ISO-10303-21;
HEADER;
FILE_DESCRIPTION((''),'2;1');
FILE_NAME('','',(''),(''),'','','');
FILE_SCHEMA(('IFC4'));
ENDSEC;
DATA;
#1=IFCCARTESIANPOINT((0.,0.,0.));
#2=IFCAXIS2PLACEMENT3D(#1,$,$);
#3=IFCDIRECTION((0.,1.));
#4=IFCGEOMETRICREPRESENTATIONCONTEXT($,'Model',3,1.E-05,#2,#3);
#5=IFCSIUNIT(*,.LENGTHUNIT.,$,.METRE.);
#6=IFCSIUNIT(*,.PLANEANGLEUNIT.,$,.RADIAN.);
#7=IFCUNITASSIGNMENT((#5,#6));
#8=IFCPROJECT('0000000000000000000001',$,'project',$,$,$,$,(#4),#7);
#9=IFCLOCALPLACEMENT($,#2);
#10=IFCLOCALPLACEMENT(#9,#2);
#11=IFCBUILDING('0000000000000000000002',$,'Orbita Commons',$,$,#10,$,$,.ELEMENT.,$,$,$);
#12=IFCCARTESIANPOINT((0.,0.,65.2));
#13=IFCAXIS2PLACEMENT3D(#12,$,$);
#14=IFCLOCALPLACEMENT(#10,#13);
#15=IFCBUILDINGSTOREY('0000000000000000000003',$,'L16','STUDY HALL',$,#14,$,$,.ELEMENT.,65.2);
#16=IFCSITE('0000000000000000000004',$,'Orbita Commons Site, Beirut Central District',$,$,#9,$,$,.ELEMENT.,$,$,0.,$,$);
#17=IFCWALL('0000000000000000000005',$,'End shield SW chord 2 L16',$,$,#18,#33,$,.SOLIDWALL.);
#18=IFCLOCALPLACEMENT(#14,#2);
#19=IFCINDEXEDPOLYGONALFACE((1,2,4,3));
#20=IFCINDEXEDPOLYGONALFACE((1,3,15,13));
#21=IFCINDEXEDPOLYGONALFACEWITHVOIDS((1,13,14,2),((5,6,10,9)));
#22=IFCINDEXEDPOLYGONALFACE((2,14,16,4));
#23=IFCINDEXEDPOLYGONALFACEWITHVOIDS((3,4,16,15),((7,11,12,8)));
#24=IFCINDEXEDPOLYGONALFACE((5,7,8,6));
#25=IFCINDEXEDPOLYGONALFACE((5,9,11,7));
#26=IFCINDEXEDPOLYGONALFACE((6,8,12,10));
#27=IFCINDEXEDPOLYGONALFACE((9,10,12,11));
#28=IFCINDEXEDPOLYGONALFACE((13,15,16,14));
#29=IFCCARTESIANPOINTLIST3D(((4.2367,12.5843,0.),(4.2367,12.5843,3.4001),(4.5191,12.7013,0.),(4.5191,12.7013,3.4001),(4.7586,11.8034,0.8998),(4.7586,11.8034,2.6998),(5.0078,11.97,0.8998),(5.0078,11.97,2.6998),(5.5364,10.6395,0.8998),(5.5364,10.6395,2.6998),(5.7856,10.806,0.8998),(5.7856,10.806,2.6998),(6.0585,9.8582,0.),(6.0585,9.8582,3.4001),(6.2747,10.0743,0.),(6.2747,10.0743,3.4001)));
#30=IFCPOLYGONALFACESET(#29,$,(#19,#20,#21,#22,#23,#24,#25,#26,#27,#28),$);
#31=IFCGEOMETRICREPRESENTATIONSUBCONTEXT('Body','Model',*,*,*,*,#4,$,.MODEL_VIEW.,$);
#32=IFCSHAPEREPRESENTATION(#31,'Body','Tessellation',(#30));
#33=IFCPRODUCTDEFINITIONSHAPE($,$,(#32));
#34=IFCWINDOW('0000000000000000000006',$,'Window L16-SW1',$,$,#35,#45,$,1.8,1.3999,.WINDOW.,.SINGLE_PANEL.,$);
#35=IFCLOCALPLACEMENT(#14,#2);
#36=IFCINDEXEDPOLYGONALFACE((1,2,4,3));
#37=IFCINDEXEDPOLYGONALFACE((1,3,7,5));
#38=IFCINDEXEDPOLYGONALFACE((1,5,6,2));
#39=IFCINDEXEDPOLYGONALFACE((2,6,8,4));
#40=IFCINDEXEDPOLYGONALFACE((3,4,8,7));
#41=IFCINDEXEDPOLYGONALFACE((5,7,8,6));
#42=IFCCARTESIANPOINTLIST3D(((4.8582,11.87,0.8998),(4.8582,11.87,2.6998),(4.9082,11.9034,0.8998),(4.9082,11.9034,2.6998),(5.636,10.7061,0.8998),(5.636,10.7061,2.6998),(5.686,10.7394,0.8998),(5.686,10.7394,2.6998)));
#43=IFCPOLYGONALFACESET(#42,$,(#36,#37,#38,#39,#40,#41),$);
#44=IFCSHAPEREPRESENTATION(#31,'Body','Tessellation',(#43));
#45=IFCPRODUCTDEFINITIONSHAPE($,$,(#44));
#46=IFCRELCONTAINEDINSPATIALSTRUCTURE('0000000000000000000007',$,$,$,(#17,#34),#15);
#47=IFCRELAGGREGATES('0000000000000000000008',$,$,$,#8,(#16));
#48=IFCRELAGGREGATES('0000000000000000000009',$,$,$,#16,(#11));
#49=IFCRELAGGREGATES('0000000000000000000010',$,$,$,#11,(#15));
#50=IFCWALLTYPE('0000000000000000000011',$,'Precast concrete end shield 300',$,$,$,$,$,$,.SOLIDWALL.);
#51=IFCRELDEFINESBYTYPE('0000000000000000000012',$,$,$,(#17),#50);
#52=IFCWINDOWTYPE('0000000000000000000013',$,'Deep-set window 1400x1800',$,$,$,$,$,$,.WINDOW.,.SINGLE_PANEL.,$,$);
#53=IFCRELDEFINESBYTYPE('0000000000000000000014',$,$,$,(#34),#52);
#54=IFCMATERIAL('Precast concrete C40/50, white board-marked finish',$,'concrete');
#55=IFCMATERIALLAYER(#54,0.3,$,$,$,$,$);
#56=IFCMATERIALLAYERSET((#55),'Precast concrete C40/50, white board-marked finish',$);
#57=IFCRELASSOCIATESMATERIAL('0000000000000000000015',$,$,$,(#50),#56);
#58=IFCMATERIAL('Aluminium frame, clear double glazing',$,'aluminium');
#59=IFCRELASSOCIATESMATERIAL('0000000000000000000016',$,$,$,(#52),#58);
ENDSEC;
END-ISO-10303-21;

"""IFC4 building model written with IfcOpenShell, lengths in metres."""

from ifc_helpers import new_model, si_unit, direction, frame, frame_2d, origin, place, context, subcontext, project, spatial, polyline, rectangle, outline, extrude, material, layer, layer_set, type_object, element, fill, save


model = new_model("IFC4")

# Units and contexts
model_context = context("Model", 3, precision=1e-05, world=origin(), true_north=direction((0.0, 1.0)))
body_context = subcontext(model_context, "Body", "Model", "MODEL_VIEW")
ifc_project = project(units=[si_unit("LENGTHUNIT", "METRE"), si_unit("PLANEANGLEUNIT", "RADIAN")], contexts=[model_context])

# Site, building, storey
site_placement = place(None, origin())
site = spatial("IfcSite", under=ifc_project, at=site_placement, Name="Orbita Commons Site, Beirut Central District", CompositionType="ELEMENT", RefElevation=0.0)
building_placement = place(site_placement, origin())
building = spatial("IfcBuilding", under=site, at=building_placement, Name="Orbita Commons", CompositionType="ELEMENT")
storey_placement = place(building_placement, frame((0.0, 0.0, 65.2)))
storey = spatial("IfcBuildingStorey", under=building, at=storey_placement, Name="L16", Description="STUDY HALL", CompositionType="ELEMENT", Elevation=65.2)

# Wall, opening, window
ifc_material_1 = material(Name="Precast concrete C40/50, white board-marked finish", Category="concrete")
ifc_layer_1 = layer(ifc_material_1, 0.3)
ifc_layer_set_1 = layer_set([ifc_layer_1], Name="Precast concrete C40/50, white board-marked finish")
wall_type_1 = type_object("IfcWallType", Name="Precast concrete end shield 300", PredefinedType="SOLIDWALL", material=ifc_layer_set_1)
ifc_material_2 = material(Name="Aluminium frame, clear double glazing", Category="aluminium")
window_type = type_object("IfcWindowType", Name="Deep-set window 1400x1800", PartitioningType="SINGLE_PANEL", PredefinedType="WINDOW", material=ifc_material_2)
wall_1_placement = place(storey_placement, frame((4.3779, 12.6428, 0.0), z_axis=(0.0, 0.0, 1.0), x_axis=(0.55561, -0.831443, 0.0)))
wall_1 = element("IfcWall", 1, at=wall_1_placement, inside=storey, type_object=wall_type_1, Name="End shield SW chord 2 L16", PredefinedType="SOLIDWALL", context=body_context, shape_type="SweptSolid", body=[
    extrude(outline(polyline([(-0.0298, -0.1499), (3.249, -0.1499), (3.1895, 0.1499), (0.0298, 0.1499), (-0.0298, -0.1499)])), origin(), (0.0, 0.0, 1.0), 3.4001),
])
opening_1_placement = place(wall_1_placement, frame((0.9094, 0.0, 0.8999)))
opening_1 = element("IfcOpeningElement", 2, at=opening_1_placement, cuts=wall_1, PredefinedType="OPENING", context=body_context, shape_type="SweptSolid", body=[
    extrude(rectangle(XDim=1.3999, YDim=1.8, at=frame_2d((0.7, 0.8999))), frame((0.0, 0.1599, 0.0), z_axis=(0.0, -1.0, 0.0), x_axis=(1.0, 0.0, 0.0)), (0.0, 0.0, 1.0), 0.3201),
])
window_1_placement = place(opening_1_placement, origin())
window_1 = element("IfcWindow", 3, at=window_1_placement, inside=storey, type_object=window_type, Name="Window L16-SW1", OverallHeight=1.8, OverallWidth=1.3999, PartitioningType="SINGLE_PANEL", PredefinedType="WINDOW", context=body_context, shape_type="SweptSolid", body=[
    extrude(rectangle(XDim=1.3999, YDim=1.8, at=frame_2d((0.7, 0.8999))), frame((0.0, 0.03, 0.0), z_axis=(0.0, -1.0, 0.0), x_axis=(1.0, 0.0, 0.0)), (0.0, 0.0, 1.0), 0.0601),
])
fill(opening_1, window_1)

save(model, "model.ifc")
